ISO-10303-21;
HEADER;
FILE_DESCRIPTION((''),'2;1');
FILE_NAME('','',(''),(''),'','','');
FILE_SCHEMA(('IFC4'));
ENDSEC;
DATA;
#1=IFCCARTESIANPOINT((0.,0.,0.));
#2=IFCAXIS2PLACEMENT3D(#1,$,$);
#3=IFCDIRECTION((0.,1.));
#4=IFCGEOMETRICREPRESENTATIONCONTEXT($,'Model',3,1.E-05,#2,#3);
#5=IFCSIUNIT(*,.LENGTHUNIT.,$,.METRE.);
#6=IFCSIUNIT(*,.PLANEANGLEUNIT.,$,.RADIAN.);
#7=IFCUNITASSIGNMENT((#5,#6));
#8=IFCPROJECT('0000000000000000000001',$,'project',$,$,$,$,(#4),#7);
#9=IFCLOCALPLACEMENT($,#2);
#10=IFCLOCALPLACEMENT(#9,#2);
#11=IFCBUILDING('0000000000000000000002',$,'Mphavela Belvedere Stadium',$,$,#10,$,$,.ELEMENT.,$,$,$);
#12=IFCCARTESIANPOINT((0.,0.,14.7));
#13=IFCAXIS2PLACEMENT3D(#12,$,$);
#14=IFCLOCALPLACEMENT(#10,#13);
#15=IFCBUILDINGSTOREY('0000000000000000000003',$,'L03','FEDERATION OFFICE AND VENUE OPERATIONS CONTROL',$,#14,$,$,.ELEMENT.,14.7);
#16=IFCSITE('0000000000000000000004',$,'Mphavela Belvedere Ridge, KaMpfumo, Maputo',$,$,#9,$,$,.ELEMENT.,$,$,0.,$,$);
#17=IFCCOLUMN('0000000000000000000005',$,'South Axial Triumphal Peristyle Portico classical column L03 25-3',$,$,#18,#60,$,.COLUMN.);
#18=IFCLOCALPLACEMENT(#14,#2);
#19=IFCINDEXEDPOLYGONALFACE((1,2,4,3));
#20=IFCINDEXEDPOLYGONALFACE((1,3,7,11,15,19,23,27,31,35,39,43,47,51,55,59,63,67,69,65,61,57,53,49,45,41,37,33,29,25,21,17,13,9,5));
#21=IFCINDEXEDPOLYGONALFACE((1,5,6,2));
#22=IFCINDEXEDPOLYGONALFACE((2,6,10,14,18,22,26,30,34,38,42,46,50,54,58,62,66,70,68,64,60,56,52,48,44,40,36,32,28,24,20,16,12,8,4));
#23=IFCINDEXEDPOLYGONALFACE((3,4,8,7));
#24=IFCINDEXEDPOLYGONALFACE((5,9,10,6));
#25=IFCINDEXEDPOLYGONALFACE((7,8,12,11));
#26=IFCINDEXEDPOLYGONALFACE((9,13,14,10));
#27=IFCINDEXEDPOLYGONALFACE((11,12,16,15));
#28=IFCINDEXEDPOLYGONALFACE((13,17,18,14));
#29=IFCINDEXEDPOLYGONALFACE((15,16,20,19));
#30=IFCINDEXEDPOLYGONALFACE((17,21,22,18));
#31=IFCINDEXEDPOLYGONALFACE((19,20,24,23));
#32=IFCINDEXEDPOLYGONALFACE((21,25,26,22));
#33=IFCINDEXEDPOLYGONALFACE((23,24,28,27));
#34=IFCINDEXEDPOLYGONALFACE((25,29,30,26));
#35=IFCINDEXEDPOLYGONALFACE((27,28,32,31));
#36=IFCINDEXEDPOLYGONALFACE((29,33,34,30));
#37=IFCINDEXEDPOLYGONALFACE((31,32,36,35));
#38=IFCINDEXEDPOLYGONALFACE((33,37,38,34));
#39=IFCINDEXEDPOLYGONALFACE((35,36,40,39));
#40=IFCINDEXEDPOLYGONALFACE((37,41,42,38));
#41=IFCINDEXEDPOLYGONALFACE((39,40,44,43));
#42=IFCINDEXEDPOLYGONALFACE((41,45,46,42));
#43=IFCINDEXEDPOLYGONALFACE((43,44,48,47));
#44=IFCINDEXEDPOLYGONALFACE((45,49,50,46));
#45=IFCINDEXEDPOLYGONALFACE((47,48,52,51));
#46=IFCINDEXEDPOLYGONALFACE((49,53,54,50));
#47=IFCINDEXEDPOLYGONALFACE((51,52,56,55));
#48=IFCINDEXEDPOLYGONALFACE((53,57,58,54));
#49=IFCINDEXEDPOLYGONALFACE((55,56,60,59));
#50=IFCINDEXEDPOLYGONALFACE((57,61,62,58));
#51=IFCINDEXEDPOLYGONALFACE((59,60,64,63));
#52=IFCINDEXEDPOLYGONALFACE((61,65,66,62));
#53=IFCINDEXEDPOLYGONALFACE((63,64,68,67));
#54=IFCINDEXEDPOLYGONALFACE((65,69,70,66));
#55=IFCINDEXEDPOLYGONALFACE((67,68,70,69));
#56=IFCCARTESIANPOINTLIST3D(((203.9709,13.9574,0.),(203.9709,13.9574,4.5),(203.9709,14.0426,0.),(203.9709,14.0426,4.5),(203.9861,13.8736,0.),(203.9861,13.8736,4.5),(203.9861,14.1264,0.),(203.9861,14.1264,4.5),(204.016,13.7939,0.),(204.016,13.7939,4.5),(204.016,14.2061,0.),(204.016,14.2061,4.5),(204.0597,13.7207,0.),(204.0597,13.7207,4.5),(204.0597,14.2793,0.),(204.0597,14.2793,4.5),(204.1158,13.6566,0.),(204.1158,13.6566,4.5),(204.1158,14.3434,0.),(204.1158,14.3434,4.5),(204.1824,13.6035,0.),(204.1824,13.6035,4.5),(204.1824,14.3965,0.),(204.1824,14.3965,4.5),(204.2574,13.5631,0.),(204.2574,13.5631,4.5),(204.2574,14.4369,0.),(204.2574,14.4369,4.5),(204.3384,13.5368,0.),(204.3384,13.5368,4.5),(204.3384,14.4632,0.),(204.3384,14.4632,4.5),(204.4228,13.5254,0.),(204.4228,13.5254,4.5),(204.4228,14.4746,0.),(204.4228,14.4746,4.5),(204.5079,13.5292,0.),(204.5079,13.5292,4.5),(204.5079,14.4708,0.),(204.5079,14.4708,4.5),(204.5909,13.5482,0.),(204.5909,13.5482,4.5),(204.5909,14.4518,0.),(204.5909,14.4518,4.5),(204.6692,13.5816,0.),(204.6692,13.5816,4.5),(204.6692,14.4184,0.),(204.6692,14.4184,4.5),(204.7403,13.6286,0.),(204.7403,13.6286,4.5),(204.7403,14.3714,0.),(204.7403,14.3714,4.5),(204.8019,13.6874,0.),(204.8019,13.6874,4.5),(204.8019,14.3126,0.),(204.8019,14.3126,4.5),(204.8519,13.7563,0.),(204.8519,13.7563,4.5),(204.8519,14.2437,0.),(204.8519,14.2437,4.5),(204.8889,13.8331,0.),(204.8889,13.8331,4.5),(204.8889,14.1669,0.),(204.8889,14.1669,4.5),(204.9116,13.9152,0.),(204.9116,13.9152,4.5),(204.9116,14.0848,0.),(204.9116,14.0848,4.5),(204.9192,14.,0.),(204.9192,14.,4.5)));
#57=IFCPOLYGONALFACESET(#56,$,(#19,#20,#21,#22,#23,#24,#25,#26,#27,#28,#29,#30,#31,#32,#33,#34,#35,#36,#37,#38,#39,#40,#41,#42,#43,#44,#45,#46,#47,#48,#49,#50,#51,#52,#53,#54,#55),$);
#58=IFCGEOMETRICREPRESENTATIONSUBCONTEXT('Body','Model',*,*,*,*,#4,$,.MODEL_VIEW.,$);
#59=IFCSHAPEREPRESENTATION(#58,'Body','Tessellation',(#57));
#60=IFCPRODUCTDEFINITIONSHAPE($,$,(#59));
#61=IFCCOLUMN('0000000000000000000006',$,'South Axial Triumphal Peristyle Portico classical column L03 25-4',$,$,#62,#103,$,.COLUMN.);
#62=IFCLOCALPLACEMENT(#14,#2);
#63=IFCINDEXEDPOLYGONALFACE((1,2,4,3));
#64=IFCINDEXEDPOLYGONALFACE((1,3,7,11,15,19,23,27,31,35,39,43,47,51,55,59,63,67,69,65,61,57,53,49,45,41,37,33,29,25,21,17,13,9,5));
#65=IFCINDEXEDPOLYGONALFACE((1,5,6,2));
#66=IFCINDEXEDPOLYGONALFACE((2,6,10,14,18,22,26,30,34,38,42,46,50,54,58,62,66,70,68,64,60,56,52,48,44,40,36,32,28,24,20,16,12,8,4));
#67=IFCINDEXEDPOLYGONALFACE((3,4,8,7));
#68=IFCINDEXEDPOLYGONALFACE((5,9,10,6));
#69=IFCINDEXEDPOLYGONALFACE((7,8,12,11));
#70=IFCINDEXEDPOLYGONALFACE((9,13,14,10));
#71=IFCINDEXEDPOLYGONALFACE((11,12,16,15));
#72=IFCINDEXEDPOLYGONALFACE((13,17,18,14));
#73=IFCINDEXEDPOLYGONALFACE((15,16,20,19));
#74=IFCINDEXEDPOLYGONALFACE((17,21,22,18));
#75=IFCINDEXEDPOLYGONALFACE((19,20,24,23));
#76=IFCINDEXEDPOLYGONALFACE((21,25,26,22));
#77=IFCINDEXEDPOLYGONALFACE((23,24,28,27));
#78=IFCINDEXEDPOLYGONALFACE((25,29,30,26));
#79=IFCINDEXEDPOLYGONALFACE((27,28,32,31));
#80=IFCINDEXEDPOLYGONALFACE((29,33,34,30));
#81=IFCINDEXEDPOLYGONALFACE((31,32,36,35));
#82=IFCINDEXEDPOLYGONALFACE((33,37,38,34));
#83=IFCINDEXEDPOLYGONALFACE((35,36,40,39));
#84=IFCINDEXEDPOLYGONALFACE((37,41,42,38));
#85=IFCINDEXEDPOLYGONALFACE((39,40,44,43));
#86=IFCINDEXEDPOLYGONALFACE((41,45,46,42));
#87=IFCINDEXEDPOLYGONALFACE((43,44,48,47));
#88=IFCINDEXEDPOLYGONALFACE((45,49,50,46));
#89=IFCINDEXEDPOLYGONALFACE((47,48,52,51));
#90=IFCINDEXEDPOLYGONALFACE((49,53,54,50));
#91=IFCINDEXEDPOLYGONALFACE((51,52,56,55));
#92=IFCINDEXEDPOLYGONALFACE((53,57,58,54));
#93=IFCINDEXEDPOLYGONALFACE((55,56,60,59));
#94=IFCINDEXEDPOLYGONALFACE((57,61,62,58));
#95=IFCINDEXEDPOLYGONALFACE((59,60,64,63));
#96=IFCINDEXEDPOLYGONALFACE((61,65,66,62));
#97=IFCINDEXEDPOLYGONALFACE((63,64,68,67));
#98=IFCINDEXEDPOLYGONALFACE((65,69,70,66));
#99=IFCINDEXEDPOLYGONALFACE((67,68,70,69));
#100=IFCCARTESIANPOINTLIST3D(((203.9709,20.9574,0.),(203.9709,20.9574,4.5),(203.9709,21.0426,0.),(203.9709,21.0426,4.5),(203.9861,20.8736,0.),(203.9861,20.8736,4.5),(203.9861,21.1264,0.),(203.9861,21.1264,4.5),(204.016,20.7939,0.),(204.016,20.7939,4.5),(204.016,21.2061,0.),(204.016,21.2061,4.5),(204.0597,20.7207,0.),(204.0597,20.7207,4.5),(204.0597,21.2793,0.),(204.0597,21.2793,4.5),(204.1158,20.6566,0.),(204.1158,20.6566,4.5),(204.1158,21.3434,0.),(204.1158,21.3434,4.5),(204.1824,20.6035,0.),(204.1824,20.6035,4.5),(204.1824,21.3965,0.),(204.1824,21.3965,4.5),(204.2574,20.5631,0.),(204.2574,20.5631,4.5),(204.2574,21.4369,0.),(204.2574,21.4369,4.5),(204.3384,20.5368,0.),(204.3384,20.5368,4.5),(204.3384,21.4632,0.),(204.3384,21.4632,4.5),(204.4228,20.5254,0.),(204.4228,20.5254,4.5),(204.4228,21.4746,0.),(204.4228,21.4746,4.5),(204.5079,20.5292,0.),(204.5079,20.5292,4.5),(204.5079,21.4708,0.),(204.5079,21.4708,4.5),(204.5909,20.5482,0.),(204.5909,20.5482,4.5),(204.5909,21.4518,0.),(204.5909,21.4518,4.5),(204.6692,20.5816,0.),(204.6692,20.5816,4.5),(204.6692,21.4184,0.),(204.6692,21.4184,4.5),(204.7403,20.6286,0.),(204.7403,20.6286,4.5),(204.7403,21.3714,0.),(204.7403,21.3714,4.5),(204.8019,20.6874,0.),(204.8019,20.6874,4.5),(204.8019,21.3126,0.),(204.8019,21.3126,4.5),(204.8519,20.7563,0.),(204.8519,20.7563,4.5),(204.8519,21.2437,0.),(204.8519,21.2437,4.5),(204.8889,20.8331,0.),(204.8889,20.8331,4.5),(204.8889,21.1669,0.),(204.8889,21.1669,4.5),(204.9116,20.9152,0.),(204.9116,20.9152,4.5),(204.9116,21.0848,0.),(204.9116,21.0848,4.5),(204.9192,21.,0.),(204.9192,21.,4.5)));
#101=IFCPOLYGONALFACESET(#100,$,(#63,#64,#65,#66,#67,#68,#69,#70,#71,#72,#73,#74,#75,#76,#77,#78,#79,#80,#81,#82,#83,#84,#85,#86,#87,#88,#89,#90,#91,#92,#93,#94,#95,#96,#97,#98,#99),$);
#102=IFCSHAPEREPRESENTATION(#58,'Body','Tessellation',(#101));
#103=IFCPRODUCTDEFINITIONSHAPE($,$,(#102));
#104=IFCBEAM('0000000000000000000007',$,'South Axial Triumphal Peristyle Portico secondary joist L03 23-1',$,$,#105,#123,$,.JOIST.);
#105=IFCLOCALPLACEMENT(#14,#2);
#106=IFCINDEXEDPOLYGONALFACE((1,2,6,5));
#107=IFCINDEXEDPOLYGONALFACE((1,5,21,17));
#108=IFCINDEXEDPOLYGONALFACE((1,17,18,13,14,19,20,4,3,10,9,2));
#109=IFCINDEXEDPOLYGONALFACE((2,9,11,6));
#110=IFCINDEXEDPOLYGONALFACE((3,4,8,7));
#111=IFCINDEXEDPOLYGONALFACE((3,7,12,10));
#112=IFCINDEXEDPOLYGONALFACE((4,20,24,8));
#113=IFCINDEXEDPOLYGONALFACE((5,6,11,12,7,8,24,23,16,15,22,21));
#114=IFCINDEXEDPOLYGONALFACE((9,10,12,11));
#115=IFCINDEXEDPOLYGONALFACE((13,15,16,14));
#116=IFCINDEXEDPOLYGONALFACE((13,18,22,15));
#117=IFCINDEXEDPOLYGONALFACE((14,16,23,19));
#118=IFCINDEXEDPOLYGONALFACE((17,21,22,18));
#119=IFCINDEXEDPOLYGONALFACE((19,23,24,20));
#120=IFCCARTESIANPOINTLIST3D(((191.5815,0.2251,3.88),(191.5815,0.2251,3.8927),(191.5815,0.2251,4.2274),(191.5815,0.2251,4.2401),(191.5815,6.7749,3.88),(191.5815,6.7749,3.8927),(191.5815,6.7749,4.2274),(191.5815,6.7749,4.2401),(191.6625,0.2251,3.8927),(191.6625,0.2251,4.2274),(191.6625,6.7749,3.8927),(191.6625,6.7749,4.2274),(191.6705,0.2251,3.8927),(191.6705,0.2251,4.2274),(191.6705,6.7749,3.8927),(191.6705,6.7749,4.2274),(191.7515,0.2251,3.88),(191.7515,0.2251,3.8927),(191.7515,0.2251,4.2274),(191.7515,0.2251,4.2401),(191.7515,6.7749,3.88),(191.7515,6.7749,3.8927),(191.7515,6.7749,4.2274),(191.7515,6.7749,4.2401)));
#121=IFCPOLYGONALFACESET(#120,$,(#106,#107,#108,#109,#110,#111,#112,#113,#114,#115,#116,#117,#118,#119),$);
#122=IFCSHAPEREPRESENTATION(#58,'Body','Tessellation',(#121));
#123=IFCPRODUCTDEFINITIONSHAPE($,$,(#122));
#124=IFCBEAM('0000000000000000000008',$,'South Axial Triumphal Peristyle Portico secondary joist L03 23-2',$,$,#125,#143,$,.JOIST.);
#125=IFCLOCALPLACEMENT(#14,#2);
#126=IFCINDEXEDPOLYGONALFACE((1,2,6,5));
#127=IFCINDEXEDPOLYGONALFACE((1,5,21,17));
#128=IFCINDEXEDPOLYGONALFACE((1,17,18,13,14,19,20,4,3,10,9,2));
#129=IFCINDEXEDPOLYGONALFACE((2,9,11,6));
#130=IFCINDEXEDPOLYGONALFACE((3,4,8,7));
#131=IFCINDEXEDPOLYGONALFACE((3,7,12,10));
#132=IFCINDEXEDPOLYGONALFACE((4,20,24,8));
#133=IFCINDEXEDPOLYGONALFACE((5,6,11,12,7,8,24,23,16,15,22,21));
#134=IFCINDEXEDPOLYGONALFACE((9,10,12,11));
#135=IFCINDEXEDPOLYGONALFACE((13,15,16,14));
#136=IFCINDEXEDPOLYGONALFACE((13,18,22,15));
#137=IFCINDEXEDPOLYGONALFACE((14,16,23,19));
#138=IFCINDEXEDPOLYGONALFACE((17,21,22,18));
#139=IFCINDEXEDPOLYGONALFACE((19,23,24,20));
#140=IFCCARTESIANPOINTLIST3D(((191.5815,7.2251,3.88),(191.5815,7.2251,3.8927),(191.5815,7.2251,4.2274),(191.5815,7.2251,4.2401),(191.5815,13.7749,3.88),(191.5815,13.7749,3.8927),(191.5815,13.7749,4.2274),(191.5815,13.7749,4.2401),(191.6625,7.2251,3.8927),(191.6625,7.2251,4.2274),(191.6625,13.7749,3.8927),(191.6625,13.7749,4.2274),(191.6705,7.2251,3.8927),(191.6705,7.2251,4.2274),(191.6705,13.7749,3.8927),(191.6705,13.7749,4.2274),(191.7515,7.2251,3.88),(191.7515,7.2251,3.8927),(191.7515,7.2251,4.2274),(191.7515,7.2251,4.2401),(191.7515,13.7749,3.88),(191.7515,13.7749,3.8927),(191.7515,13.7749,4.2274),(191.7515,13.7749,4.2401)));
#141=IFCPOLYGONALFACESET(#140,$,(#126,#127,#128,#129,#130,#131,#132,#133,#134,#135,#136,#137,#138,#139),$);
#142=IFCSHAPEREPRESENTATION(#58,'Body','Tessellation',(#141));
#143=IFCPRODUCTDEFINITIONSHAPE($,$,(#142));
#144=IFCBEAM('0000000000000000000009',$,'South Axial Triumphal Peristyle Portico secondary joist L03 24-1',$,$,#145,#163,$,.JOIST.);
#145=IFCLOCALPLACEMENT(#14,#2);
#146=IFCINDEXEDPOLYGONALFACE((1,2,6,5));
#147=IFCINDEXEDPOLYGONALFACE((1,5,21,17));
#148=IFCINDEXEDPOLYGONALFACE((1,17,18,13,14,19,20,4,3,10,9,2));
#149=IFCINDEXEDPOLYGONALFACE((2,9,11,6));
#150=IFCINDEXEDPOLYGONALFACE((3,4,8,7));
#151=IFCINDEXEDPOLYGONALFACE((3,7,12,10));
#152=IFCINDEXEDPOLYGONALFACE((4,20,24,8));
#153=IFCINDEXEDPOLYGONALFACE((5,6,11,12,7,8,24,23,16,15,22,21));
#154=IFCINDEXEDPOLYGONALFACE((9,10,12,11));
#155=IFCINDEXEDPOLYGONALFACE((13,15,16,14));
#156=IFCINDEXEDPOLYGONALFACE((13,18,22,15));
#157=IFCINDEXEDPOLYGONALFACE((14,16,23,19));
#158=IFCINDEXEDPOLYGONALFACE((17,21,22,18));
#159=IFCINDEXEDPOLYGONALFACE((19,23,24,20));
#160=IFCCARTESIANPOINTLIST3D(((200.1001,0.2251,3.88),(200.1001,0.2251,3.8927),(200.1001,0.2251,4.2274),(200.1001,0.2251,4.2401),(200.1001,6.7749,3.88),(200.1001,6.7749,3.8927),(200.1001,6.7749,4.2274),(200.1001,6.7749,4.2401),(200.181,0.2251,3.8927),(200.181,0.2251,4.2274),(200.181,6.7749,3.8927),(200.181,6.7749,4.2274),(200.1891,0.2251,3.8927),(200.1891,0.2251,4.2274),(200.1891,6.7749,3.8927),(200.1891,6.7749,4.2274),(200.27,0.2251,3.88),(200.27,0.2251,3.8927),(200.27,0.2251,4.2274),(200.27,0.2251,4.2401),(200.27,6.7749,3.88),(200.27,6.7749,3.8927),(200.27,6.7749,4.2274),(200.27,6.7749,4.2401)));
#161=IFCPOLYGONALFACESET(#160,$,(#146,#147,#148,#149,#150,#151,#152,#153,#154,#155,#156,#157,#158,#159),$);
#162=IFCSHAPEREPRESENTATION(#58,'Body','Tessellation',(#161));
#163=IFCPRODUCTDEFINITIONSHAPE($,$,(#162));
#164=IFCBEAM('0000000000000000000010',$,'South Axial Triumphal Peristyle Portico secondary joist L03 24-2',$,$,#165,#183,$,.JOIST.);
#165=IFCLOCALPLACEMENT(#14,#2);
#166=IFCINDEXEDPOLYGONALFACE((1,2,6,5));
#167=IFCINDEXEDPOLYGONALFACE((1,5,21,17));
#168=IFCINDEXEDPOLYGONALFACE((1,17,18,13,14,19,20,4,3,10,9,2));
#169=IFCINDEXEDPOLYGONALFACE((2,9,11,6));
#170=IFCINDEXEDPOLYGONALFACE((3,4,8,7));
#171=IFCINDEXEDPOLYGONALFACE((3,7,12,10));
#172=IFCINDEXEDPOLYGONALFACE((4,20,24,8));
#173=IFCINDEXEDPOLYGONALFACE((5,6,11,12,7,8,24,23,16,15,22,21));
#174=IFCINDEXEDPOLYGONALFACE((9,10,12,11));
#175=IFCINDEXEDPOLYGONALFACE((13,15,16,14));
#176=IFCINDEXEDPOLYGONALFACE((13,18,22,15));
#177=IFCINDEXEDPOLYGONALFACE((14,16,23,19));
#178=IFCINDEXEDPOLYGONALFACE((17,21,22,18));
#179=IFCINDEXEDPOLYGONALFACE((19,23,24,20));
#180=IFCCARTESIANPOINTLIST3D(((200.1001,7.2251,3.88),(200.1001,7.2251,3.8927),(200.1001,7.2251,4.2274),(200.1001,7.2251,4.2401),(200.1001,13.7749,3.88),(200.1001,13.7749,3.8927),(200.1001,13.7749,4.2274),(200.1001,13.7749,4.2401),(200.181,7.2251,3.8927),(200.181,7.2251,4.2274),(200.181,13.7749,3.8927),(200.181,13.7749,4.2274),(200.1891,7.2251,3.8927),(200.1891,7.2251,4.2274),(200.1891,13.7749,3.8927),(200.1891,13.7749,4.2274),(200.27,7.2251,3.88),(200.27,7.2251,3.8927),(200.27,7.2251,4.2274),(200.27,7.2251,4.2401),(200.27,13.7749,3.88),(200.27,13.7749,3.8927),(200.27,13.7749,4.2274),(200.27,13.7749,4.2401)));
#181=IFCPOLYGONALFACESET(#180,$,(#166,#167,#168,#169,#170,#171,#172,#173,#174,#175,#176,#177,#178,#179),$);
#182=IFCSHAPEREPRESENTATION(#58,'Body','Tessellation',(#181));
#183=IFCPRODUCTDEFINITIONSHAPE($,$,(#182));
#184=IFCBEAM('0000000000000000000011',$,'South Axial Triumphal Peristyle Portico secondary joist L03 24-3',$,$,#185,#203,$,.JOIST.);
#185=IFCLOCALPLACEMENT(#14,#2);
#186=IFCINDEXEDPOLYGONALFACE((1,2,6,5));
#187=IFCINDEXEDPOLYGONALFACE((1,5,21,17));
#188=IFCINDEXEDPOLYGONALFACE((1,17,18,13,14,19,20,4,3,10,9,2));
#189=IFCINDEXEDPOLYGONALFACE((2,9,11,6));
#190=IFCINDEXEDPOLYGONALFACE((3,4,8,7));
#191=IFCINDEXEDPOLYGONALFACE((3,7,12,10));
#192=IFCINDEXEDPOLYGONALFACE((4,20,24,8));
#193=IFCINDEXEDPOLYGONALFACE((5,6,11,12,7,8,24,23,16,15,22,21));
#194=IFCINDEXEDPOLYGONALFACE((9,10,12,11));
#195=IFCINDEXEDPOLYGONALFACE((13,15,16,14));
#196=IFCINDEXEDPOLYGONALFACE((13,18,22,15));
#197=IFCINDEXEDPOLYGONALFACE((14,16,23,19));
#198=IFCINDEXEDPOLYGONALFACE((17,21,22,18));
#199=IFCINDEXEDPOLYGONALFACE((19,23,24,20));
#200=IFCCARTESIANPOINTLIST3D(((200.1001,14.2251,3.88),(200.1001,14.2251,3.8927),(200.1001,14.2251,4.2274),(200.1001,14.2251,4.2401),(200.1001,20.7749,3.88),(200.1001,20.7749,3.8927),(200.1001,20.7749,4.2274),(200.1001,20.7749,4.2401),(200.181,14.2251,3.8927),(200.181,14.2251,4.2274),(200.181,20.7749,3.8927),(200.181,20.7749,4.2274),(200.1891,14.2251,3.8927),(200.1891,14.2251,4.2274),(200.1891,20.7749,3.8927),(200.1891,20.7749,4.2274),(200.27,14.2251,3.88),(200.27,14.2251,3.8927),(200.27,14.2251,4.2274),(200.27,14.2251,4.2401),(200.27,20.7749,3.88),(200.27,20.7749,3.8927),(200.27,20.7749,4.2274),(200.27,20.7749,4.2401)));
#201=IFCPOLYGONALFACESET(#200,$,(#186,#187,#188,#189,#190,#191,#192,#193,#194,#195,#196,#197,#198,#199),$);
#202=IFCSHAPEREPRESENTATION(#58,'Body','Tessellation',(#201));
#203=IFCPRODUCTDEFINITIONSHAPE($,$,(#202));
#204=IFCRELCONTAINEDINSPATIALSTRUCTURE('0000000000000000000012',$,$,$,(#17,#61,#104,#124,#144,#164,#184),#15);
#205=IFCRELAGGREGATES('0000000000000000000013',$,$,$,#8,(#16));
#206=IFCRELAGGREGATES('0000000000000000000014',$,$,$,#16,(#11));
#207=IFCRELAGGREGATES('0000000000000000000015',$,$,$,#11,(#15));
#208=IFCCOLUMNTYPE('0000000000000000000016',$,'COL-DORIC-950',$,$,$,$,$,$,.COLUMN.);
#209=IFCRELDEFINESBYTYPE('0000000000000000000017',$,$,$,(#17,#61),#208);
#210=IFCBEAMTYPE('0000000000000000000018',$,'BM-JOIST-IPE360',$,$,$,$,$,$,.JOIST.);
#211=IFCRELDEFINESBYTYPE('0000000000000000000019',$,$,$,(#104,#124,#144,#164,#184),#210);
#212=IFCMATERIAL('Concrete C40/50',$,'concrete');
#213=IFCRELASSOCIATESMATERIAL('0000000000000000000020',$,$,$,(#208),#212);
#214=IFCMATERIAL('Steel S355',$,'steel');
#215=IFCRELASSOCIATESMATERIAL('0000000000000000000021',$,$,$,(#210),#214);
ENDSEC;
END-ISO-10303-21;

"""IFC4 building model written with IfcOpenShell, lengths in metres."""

from ifc_helpers import new_model, si_unit, direction, frame, origin, origin_2d, place, context, subcontext, project, spatial, circle, i_section, extrude, material, material_profile, profile_set, type_object, element, save


model = new_model("IFC4")

# Units and contexts
model_context = context("Model", 3, precision=1e-05, world=origin(), true_north=direction((0.0, 1.0)))
body_context = subcontext(model_context, "Body", "Model", "MODEL_VIEW")
ifc_project = project(units=[si_unit("LENGTHUNIT", "METRE"), si_unit("PLANEANGLEUNIT", "RADIAN")], contexts=[model_context])

# Site, building, storey
site_placement = place(None, origin())
site = spatial("IfcSite", under=ifc_project, at=site_placement, Name="Mphavela Belvedere Ridge, KaMpfumo, Maputo", CompositionType="ELEMENT", RefElevation=0.0)
building_placement = place(site_placement, origin())
building = spatial("IfcBuilding", under=site, at=building_placement, Name="Mphavela Belvedere Stadium", CompositionType="ELEMENT")
storey_placement = place(building_placement, frame((0.0, 0.0, 14.7)))
storey = spatial("IfcBuildingStorey", under=building, at=storey_placement, Name="L03", Description="FEDERATION OFFICE AND VENUE OPERATIONS CONTROL", CompositionType="ELEMENT", Elevation=14.7)

# Columns
ifc_material_1 = material(Name="Concrete C40/50", Category="concrete")
ifc_material_profile_1 = material_profile(ifc_material_1, circle(Radius=0.4751, at=origin_2d()), Name="COL D950")
ifc_profile_set_1 = profile_set([ifc_material_profile_1], Name="Concrete C40/50")
column_type = type_object("IfcColumnType", Name="COL-DORIC-950", PredefinedType="COLUMN", material=ifc_profile_set_1)
for number, where, z_axis, x_axis, name in (
    (1, (204.4441, 14.0, 0.0), (0.0, 0.0, 1.0), (1.0, 0.0, 0.0), "South Axial Triumphal Peristyle Portico classical column L03 25-3"),
    (2, (204.4441, 21.0, 0.0), (0.0, 0.0, 1.0), (1.0, 0.0, 0.0), "South Axial Triumphal Peristyle Portico classical column L03 25-4"),
):
    element("IfcColumn", number, at=place(storey_placement, frame(where, z_axis=z_axis, x_axis=x_axis)), inside=storey, type_object=column_type, Name=name, PredefinedType="COLUMN", context=body_context, shape_type="SweptSolid", body=[
        extrude(circle(Radius=0.4751, at=origin_2d()), origin(), (0.0, 0.0, 1.0), 4.5),
    ])

# Beams
ifc_material_2 = material(Name="Steel S355", Category="steel")
ifc_material_profile_2 = material_profile(ifc_material_2, i_section(OverallWidth=0.1699, OverallDepth=0.3601, WebThickness=0.0081, FlangeThickness=0.0127, at=origin_2d()), Name="IPE 360")
ifc_profile_set_2 = profile_set([ifc_material_profile_2], Name="Steel S355")
beam_type_1 = type_object("IfcBeamType", Name="BM-JOIST-IPE360", PredefinedType="JOIST", material=ifc_profile_set_2)
for number, where, z_axis, x_axis, name in (
    (3, (191.6665, 0.2251, 4.0601), (0.0, 1.0, 0.0), (-1.0, 0.0, 0.0), "South Axial Triumphal Peristyle Portico secondary joist L03 23-1"),
    (4, (191.6665, 7.2251, 4.0601), (0.0, 1.0, 0.0), (-1.0, 0.0, 0.0), "South Axial Triumphal Peristyle Portico secondary joist L03 23-2"),
    (5, (200.1851, 0.2251, 4.0601), (0.0, 1.0, 0.0), (-1.0, 0.0, 0.0), "South Axial Triumphal Peristyle Portico secondary joist L03 24-1"),
    (6, (200.1851, 7.2251, 4.0601), (0.0, 1.0, 0.0), (-1.0, 0.0, 0.0), "South Axial Triumphal Peristyle Portico secondary joist L03 24-2"),
    (7, (200.1851, 14.2251, 4.0601), (0.0, 1.0, 0.0), (-1.0, 0.0, 0.0), "South Axial Triumphal Peristyle Portico secondary joist L03 24-3"),
):
    element("IfcBeam", number, at=place(storey_placement, frame(where, z_axis=z_axis, x_axis=x_axis)), inside=storey, type_object=beam_type_1, Name=name, PredefinedType="JOIST", context=body_context, shape_type="SweptSolid", body=[
        extrude(i_section(OverallWidth=0.1699, OverallDepth=0.3601, WebThickness=0.0081, FlangeThickness=0.0127, at=origin_2d()), origin(), (0.0, 0.0, 1.0), 6.5498),
    ])

save(model, "model.ifc")
